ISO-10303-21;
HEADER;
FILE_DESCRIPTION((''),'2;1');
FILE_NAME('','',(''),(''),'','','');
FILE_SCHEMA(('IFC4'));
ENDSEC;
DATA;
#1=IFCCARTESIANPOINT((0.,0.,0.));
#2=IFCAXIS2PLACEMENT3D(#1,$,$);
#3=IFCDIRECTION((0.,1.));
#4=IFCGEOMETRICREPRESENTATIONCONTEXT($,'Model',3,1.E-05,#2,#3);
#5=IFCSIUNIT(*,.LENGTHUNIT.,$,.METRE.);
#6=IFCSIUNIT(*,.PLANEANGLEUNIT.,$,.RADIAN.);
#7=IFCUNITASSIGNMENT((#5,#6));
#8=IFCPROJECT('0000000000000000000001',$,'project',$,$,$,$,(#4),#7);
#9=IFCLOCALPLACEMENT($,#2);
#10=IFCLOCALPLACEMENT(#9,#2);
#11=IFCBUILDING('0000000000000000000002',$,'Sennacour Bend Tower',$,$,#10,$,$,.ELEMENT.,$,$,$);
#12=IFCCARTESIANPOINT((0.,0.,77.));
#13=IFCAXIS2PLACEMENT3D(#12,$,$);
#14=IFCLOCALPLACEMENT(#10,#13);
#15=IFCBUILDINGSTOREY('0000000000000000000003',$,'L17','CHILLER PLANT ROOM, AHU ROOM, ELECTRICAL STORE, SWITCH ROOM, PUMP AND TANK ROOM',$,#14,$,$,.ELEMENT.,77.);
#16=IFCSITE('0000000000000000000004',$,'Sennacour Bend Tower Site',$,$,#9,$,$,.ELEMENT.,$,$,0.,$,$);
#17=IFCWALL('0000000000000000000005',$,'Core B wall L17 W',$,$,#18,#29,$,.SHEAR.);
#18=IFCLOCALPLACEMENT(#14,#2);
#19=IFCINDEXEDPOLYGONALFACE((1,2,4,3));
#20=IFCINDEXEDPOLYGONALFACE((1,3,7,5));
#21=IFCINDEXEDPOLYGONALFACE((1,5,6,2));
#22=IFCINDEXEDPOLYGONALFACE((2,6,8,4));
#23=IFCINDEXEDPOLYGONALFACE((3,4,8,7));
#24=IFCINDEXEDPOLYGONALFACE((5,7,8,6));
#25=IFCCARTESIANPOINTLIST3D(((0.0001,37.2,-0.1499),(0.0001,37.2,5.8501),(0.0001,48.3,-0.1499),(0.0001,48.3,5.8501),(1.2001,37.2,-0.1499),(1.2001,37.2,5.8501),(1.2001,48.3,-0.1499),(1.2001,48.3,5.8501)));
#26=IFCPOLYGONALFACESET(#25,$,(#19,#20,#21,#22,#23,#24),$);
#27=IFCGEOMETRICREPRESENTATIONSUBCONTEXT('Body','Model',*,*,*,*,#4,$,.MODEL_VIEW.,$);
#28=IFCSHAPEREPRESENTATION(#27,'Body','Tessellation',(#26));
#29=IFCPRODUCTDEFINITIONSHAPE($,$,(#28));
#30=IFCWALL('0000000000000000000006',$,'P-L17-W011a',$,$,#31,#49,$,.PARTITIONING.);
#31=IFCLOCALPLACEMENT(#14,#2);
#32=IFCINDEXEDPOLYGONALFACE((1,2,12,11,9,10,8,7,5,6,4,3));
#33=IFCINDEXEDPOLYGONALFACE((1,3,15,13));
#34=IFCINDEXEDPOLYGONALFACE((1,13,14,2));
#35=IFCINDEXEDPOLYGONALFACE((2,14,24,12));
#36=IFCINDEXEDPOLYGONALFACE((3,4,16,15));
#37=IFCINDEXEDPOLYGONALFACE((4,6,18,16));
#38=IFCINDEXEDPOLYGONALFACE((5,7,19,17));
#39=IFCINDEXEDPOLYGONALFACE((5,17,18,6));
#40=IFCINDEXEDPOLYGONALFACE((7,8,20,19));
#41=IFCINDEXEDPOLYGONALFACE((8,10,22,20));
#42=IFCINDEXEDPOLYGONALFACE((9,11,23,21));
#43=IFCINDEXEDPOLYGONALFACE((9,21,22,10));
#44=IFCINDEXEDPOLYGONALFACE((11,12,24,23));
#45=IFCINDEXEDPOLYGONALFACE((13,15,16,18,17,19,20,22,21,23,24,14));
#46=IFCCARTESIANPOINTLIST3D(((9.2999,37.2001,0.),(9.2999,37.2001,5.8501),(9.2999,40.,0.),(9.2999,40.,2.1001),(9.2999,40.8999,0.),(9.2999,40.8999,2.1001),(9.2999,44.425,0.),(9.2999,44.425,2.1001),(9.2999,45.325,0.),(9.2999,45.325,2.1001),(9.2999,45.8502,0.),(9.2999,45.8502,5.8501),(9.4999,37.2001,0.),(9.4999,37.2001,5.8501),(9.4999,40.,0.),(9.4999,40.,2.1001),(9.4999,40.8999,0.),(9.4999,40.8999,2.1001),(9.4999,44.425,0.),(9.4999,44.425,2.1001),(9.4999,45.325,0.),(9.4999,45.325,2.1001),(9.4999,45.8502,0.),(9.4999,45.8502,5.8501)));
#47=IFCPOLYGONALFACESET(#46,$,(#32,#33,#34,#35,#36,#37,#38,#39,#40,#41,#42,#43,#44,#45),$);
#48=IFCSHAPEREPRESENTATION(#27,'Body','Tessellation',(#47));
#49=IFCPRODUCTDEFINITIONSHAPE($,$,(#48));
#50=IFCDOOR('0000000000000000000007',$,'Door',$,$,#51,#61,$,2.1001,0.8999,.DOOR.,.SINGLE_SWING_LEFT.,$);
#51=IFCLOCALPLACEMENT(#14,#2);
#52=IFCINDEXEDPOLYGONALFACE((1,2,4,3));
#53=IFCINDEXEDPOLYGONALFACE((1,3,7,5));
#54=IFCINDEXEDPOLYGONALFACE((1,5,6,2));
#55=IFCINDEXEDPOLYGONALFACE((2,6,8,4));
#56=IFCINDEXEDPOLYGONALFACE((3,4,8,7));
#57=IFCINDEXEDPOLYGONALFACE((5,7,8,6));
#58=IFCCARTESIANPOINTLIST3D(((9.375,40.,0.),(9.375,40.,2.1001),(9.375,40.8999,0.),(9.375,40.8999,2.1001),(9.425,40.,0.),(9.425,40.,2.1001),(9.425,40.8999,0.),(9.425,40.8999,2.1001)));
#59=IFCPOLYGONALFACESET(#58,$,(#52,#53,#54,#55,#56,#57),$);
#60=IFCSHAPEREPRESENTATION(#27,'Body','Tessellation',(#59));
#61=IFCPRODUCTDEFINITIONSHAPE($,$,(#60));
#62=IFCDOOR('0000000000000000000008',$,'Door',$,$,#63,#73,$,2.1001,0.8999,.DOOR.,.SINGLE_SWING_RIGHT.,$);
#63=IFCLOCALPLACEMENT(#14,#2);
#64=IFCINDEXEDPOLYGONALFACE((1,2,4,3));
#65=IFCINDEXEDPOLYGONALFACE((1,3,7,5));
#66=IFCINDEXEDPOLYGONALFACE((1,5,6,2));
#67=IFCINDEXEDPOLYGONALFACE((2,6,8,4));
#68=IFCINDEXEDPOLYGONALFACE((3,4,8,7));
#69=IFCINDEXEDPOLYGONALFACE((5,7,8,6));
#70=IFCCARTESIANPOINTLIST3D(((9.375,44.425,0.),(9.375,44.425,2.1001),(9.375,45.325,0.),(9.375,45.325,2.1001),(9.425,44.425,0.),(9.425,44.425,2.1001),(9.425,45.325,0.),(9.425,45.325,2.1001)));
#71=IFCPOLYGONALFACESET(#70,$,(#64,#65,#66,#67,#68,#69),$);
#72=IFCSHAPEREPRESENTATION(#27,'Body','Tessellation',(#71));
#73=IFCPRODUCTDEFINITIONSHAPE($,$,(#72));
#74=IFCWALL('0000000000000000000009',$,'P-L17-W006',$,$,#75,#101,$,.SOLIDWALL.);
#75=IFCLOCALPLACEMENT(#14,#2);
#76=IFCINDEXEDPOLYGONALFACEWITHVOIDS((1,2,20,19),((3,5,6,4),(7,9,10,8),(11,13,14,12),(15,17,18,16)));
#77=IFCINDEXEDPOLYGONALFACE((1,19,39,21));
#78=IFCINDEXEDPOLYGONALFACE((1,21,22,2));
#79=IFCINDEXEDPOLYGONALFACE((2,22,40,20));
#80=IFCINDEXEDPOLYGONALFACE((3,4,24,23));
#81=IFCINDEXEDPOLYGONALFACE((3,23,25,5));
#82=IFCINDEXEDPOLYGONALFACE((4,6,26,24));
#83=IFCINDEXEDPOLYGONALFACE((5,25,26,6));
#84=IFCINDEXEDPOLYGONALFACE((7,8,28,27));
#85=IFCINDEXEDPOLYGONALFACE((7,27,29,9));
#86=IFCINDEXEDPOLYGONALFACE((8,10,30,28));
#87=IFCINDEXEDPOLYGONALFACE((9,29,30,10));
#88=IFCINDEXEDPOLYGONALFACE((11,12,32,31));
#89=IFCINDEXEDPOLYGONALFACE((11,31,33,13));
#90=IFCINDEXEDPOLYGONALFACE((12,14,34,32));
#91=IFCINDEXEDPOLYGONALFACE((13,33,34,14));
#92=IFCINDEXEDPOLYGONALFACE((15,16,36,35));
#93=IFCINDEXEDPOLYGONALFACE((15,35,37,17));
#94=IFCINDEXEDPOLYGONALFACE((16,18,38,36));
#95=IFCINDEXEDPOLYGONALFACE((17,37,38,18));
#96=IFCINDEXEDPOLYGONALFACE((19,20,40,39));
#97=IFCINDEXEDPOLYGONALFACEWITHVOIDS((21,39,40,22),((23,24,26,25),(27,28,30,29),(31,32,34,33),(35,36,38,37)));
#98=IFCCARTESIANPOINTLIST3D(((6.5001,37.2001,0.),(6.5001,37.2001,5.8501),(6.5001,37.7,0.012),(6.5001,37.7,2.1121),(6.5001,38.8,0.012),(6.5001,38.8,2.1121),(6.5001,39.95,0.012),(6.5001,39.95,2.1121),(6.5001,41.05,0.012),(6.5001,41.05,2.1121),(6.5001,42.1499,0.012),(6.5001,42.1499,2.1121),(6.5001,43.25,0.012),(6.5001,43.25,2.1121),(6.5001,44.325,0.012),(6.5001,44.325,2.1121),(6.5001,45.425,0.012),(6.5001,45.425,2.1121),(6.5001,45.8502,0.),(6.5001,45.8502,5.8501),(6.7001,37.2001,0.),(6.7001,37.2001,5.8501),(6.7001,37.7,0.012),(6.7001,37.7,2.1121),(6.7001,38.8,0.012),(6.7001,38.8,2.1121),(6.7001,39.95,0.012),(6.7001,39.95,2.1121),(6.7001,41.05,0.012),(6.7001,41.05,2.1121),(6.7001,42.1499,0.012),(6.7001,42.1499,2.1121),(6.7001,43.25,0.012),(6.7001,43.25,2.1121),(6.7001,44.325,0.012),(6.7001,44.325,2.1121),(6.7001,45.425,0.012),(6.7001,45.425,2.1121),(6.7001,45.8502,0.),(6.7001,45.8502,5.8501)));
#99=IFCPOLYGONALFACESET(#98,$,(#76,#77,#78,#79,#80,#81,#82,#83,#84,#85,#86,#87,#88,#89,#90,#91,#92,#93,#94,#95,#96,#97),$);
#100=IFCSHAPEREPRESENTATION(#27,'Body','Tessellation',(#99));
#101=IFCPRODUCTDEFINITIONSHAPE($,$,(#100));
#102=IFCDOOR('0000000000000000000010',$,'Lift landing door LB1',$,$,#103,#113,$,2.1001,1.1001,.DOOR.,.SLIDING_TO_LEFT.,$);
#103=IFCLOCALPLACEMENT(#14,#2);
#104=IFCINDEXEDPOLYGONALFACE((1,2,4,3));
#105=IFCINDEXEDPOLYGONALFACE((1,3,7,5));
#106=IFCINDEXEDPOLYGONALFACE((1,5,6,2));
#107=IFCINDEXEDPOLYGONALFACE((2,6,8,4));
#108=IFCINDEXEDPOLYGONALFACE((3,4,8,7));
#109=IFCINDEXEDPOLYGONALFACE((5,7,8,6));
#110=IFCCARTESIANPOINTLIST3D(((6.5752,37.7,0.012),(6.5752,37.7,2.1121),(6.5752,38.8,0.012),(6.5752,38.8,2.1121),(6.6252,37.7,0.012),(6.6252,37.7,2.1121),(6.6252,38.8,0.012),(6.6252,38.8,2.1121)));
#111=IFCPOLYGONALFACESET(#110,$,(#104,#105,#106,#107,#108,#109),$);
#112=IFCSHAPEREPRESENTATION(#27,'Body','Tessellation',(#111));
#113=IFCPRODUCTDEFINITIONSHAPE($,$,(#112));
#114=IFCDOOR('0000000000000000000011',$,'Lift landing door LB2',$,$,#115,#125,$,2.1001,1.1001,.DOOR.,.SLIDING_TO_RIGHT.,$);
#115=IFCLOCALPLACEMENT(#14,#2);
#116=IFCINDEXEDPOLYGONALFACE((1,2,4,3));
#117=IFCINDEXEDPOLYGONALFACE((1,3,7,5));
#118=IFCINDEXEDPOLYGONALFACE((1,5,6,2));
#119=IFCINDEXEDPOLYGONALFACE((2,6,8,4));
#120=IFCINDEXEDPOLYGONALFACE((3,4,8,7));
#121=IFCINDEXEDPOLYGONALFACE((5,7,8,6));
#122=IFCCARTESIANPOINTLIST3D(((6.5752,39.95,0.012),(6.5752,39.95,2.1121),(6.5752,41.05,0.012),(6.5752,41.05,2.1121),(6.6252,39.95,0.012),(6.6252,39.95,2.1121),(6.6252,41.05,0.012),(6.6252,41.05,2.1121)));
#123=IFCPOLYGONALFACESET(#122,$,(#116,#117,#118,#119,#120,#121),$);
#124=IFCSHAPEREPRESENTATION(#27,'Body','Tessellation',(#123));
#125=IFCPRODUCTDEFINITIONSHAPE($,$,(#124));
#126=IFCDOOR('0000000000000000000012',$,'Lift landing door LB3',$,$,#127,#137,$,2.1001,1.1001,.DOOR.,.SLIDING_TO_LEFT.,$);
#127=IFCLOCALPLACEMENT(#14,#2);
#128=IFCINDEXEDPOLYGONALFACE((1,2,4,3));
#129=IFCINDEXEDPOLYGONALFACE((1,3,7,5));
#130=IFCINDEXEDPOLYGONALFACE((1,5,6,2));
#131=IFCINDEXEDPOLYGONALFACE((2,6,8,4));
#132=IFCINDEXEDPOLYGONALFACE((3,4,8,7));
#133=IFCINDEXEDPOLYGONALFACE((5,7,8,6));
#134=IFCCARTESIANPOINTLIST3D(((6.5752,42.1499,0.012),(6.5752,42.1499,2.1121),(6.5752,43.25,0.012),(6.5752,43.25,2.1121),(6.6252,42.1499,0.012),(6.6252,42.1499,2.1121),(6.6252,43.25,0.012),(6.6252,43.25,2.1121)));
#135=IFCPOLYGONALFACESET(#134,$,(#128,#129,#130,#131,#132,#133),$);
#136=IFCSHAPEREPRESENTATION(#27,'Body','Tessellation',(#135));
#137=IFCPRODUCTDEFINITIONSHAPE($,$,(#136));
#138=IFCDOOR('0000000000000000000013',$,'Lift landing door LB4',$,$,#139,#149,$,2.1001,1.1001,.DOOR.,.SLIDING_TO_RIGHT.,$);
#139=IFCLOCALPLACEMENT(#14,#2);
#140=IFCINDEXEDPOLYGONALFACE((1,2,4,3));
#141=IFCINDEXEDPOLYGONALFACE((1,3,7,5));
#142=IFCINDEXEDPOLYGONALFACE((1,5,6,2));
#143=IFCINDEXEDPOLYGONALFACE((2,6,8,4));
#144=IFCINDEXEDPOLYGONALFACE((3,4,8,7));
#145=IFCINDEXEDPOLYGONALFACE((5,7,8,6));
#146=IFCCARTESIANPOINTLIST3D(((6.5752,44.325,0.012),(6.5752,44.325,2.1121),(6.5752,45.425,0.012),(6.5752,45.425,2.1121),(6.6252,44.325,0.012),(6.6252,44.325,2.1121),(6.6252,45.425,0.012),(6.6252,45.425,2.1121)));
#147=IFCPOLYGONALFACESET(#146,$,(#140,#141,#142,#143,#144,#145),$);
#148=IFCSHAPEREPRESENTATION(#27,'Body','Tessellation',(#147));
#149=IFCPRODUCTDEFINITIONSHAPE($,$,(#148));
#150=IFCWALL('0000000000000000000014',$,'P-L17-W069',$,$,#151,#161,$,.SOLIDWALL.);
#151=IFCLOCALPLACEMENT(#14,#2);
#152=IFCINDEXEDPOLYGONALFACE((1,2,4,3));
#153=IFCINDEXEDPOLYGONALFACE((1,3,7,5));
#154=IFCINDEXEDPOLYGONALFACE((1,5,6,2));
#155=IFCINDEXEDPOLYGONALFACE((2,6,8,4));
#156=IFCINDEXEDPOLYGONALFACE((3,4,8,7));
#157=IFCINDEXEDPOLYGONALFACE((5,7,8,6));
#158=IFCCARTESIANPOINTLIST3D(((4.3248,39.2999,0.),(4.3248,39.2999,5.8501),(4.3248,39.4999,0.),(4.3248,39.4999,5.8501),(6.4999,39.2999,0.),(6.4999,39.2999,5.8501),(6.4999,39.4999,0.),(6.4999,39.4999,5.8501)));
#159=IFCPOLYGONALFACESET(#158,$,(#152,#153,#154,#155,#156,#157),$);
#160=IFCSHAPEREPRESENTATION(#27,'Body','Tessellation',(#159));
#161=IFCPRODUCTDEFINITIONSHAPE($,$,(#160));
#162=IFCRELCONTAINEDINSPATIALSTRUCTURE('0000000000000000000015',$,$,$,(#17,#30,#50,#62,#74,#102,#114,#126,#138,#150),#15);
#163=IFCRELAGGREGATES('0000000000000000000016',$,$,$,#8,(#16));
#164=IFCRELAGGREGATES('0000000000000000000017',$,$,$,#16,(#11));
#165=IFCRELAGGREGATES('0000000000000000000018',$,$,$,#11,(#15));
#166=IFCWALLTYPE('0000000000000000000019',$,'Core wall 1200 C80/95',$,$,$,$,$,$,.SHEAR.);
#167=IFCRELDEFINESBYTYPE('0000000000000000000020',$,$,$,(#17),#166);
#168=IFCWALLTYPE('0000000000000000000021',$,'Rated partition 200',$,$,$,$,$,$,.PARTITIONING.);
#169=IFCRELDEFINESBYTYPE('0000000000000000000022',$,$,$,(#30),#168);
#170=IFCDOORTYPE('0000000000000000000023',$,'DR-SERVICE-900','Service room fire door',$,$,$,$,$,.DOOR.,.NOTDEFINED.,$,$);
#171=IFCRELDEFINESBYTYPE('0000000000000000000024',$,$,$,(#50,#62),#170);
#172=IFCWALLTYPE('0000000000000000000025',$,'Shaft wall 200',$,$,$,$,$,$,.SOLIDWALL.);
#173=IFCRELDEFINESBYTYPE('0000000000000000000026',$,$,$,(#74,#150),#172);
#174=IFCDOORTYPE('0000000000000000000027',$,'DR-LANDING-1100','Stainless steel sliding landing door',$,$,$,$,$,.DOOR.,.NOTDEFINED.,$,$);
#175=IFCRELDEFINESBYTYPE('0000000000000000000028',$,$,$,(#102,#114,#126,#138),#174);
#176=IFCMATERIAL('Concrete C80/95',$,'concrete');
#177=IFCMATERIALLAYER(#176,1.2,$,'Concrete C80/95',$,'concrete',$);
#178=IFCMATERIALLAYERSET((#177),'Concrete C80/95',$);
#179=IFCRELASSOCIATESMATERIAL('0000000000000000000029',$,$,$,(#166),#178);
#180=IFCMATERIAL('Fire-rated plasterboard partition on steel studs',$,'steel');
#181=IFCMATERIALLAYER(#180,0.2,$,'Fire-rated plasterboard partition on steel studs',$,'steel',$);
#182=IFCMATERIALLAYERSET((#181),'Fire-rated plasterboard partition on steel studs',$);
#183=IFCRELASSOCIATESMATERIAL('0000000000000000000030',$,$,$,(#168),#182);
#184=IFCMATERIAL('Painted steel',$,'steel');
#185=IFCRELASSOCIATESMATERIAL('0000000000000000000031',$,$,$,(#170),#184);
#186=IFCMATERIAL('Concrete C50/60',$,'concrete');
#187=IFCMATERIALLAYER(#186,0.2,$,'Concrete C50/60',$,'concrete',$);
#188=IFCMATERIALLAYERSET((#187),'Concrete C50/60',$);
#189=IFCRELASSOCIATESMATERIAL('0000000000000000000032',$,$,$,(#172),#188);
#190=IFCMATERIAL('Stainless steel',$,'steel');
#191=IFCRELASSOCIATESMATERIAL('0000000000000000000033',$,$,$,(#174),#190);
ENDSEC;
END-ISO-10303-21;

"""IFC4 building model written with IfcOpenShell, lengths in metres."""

from ifc_helpers import new_model, si_unit, direction, frame, frame_2d, origin, place, context, subcontext, project, spatial, rectangle, extrude, material, layer, layer_set, type_object, element, fill, save


model = new_model("IFC4")

# Units and contexts
model_context = context("Model", 3, precision=1e-05, world=origin(), true_north=direction((0.0, 1.0)))
body_context = subcontext(model_context, "Body", "Model", "MODEL_VIEW")
ifc_project = project(units=[si_unit("LENGTHUNIT", "METRE"), si_unit("PLANEANGLEUNIT", "RADIAN")], contexts=[model_context])

# Site, building, storey
site_placement = place(None, origin())
site = spatial("IfcSite", under=ifc_project, at=site_placement, Name="Sennacour Bend Tower Site", CompositionType="ELEMENT", RefElevation=0.0)
building_placement = place(site_placement, origin())
building = spatial("IfcBuilding", under=site, at=building_placement, Name="Sennacour Bend Tower", CompositionType="ELEMENT")
storey_placement = place(building_placement, frame((0.0, 0.0, 77.0)))
storey = spatial("IfcBuildingStorey", under=building, at=storey_placement, Name="L17", Description="CHILLER PLANT ROOM, AHU ROOM, ELECTRICAL STORE, SWITCH ROOM, PUMP AND TANK ROOM", CompositionType="ELEMENT", Elevation=77.0)

# Wall
ifc_material_1 = material(Name="Concrete C80/95", Category="concrete")
ifc_layer_1 = layer(ifc_material_1, 1.2, Name="Concrete C80/95", Category="concrete")
ifc_layer_set_1 = layer_set([ifc_layer_1], Name="Concrete C80/95")
wall_type_1 = type_object("IfcWallType", Name="Core wall 1200 C80/95", PredefinedType="SHEAR", material=ifc_layer_set_1)
wall_1_placement = place(storey_placement, frame((0.6001, 37.2, -0.1499), z_axis=(0.0, 0.0, 1.0), x_axis=(0.0, 1.0, 0.0)))
element("IfcWall", 1, at=wall_1_placement, inside=storey, type_object=wall_type_1, Name="Core B wall L17 W", PredefinedType="SHEAR", context=body_context, shape_type="SweptSolid", body=[
    extrude(rectangle(XDim=11.1001, YDim=1.2, at=frame_2d((5.55, 0.0))), origin(), (0.0, 0.0, 1.0), 6.0),
])

# Walls, openings, doors
ifc_material_2 = material(Name="Fire-rated plasterboard partition on steel studs", Category="steel")
ifc_layer_2 = layer(ifc_material_2, 0.2, Name="Fire-rated plasterboard partition on steel studs", Category="steel")
ifc_layer_set_2 = layer_set([ifc_layer_2], Name="Fire-rated plasterboard partition on steel studs")
wall_type_2 = type_object("IfcWallType", Name="Rated partition 200", PredefinedType="PARTITIONING", material=ifc_layer_set_2)
wall_2_placement = place(storey_placement, frame((9.3999, 37.2, 0.0), z_axis=(0.0, 0.0, 1.0), x_axis=(0.0, 1.0, 0.0)))
wall_2 = element("IfcWall", 2, at=wall_2_placement, inside=storey, type_object=wall_type_2, Name="P-L17-W011a", PredefinedType="PARTITIONING", context=body_context, shape_type="SweptSolid", body=[
    extrude(rectangle(XDim=8.6501, YDim=0.2, at=frame_2d((4.3252, 0.0))), origin(), (0.0, 0.0, 1.0), 5.8501),
])
opening_1_placement = place(wall_2_placement, frame((2.8, 0.0, 0.0)))
opening_1 = element("IfcOpeningElement", 3, at=opening_1_placement, cuts=wall_2, PredefinedType="OPENING", context=body_context, shape_type="SweptSolid", body=[
    extrude(rectangle(XDim=0.8999, YDim=2.1001, at=frame_2d((0.45, 1.05))), frame((0.0, 0.1099, 0.0), z_axis=(0.0, -1.0, 0.0), x_axis=(1.0, 0.0, 0.0)), (0.0, 0.0, 1.0), 0.22),
])
opening_2_placement = place(wall_2_placement, frame((7.2251, 0.0, 0.0)))
opening_2 = element("IfcOpeningElement", 4, at=opening_2_placement, cuts=wall_2, PredefinedType="OPENING", context=body_context, shape_type="SweptSolid", body=[
    extrude(rectangle(XDim=0.8999, YDim=2.1001, at=frame_2d((0.45, 1.05))), frame((0.0, 0.1099, 0.0), z_axis=(0.0, -1.0, 0.0), x_axis=(1.0, 0.0, 0.0)), (0.0, 0.0, 1.0), 0.22),
])
ifc_material_3 = material(Name="Painted steel", Category="steel")
door_type_1 = type_object("IfcDoorType", Name="DR-SERVICE-900", Description="Service room fire door", OperationType="NOTDEFINED", PredefinedType="DOOR", material=ifc_material_3)
door_1_placement = place(opening_1_placement, origin())
door_1 = element("IfcDoor", 5, at=door_1_placement, inside=storey, type_object=door_type_1, Name="Door", OperationType="SINGLE_SWING_LEFT", OverallHeight=2.1001, OverallWidth=0.8999, PredefinedType="DOOR", context=body_context, shape_type="SweptSolid", body=[
    extrude(rectangle(XDim=0.8999, YDim=2.1001, at=frame_2d((0.45, 1.05))), frame((0.0, 0.0249, 0.0), z_axis=(0.0, -1.0, 0.0), x_axis=(1.0, 0.0, 0.0)), (0.0, 0.0, 1.0), 0.05),
])
fill(opening_1, door_1)
door_2_placement = place(opening_2_placement, origin())
door_2 = element("IfcDoor", 6, at=door_2_placement, inside=storey, type_object=door_type_1, Name="Door", OperationType="SINGLE_SWING_RIGHT", OverallHeight=2.1001, OverallWidth=0.8999, PredefinedType="DOOR", context=body_context, shape_type="SweptSolid", body=[
    extrude(rectangle(XDim=0.8999, YDim=2.1001, at=frame_2d((0.45, 1.05))), frame((0.0, 0.0249, 0.0), z_axis=(0.0, -1.0, 0.0), x_axis=(1.0, 0.0, 0.0)), (0.0, 0.0, 1.0), 0.05),
])
fill(opening_2, door_2)
ifc_material_4 = material(Name="Concrete C50/60", Category="concrete")
ifc_layer_3 = layer(ifc_material_4, 0.2, Name="Concrete C50/60", Category="concrete")
ifc_layer_set_3 = layer_set([ifc_layer_3], Name="Concrete C50/60")
wall_type_3 = type_object("IfcWallType", Name="Shaft wall 200", PredefinedType="SOLIDWALL", material=ifc_layer_set_3)
wall_3_placement = place(storey_placement, frame((6.6001, 37.2, 0.0), z_axis=(0.0, 0.0, 1.0), x_axis=(0.0, 1.0, 0.0)))
wall_3 = element("IfcWall", 7, at=wall_3_placement, inside=storey, type_object=wall_type_3, Name="P-L17-W006", PredefinedType="SOLIDWALL", context=body_context, shape_type="SweptSolid", body=[
    extrude(rectangle(XDim=8.6501, YDim=0.2, at=frame_2d((4.3252, 0.0))), origin(), (0.0, 0.0, 1.0), 5.8501),
])
opening_3_placement = place(wall_3_placement, frame((0.5, 0.0, 0.012)))
opening_3 = element("IfcOpeningElement", 8, at=opening_3_placement, cuts=wall_3, PredefinedType="OPENING", context=body_context, shape_type="SweptSolid", body=[
    extrude(rectangle(XDim=1.1001, YDim=2.1001, at=frame_2d((0.55, 1.05))), frame((0.0, 0.1099, 0.0), z_axis=(0.0, -1.0, 0.0), x_axis=(1.0, 0.0, 0.0)), (0.0, 0.0, 1.0), 0.22),
])
opening_4_placement = place(wall_3_placement, frame((2.75, 0.0, 0.012)))
opening_4 = element("IfcOpeningElement", 9, at=opening_4_placement, cuts=wall_3, PredefinedType="OPENING", context=body_context, shape_type="SweptSolid", body=[
    extrude(rectangle(XDim=1.1001, YDim=2.1001, at=frame_2d((0.55, 1.05))), frame((0.0, 0.1099, 0.0), z_axis=(0.0, -1.0, 0.0), x_axis=(1.0, 0.0, 0.0)), (0.0, 0.0, 1.0), 0.22),
])
opening_5_placement = place(wall_3_placement, frame((4.95, 0.0, 0.012)))
opening_5 = element("IfcOpeningElement", 10, at=opening_5_placement, cuts=wall_3, PredefinedType="OPENING", context=body_context, shape_type="SweptSolid", body=[
    extrude(rectangle(XDim=1.1001, YDim=2.1001, at=frame_2d((0.55, 1.05))), frame((0.0, 0.1099, 0.0), z_axis=(0.0, -1.0, 0.0), x_axis=(1.0, 0.0, 0.0)), (0.0, 0.0, 1.0), 0.22),
])
opening_6_placement = place(wall_3_placement, frame((7.125, 0.0, 0.012)))
opening_6 = element("IfcOpeningElement", 11, at=opening_6_placement, cuts=wall_3, PredefinedType="OPENING", context=body_context, shape_type="SweptSolid", body=[
    extrude(rectangle(XDim=1.1001, YDim=2.1001, at=frame_2d((0.55, 1.05))), frame((0.0, 0.1099, 0.0), z_axis=(0.0, -1.0, 0.0), x_axis=(1.0, 0.0, 0.0)), (0.0, 0.0, 1.0), 0.22),
])
ifc_material_5 = material(Name="Stainless steel", Category="steel")
door_type_2 = type_object("IfcDoorType", Name="DR-LANDING-1100", Description="Stainless steel sliding landing door", OperationType="NOTDEFINED", PredefinedType="DOOR", material=ifc_material_5)
door_3_placement = place(opening_3_placement, origin())
door_3 = element("IfcDoor", 12, at=door_3_placement, inside=storey, type_object=door_type_2, Name="Lift landing door LB1", OperationType="SLIDING_TO_LEFT", OverallHeight=2.1001, OverallWidth=1.1001, PredefinedType="DOOR", context=body_context, shape_type="SweptSolid", body=[
    extrude(rectangle(XDim=1.1001, YDim=2.1001, at=frame_2d((0.55, 1.05))), frame((0.0, 0.0249, 0.0), z_axis=(0.0, -1.0, 0.0), x_axis=(1.0, 0.0, 0.0)), (0.0, 0.0, 1.0), 0.05),
])
fill(opening_3, door_3)
door_4_placement = place(opening_4_placement, origin())
door_4 = element("IfcDoor", 13, at=door_4_placement, inside=storey, type_object=door_type_2, Name="Lift landing door LB2", OperationType="SLIDING_TO_RIGHT", OverallHeight=2.1001, OverallWidth=1.1001, PredefinedType="DOOR", context=body_context, shape_type="SweptSolid", body=[
    extrude(rectangle(XDim=1.1001, YDim=2.1001, at=frame_2d((0.55, 1.05))), frame((0.0, 0.0249, 0.0), z_axis=(0.0, -1.0, 0.0), x_axis=(1.0, 0.0, 0.0)), (0.0, 0.0, 1.0), 0.05),
])
fill(opening_4, door_4)
door_5_placement = place(opening_5_placement, origin())
door_5 = element("IfcDoor", 14, at=door_5_placement, inside=storey, type_object=door_type_2, Name="Lift landing door LB3", OperationType="SLIDING_TO_LEFT", OverallHeight=2.1001, OverallWidth=1.1001, PredefinedType="DOOR", context=body_context, shape_type="SweptSolid", body=[
    extrude(rectangle(XDim=1.1001, YDim=2.1001, at=frame_2d((0.55, 1.05))), frame((0.0, 0.0249, 0.0), z_axis=(0.0, -1.0, 0.0), x_axis=(1.0, 0.0, 0.0)), (0.0, 0.0, 1.0), 0.05),
])
fill(opening_5, door_5)
door_6_placement = place(opening_6_placement, origin())
door_6 = element("IfcDoor", 15, at=door_6_placement, inside=storey, type_object=door_type_2, Name="Lift landing door LB4", OperationType="SLIDING_TO_RIGHT", OverallHeight=2.1001, OverallWidth=1.1001, PredefinedType="DOOR", context=body_context, shape_type="SweptSolid", body=[
    extrude(rectangle(XDim=1.1001, YDim=2.1001, at=frame_2d((0.55, 1.05))), frame((0.0, 0.0249, 0.0), z_axis=(0.0, -1.0, 0.0), x_axis=(1.0, 0.0, 0.0)), (0.0, 0.0, 1.0), 0.05),
])
fill(opening_6, door_6)

# Wall
wall_4_placement = place(storey_placement, frame((4.325, 39.3999, 0.0), z_axis=(0.0, 0.0, 1.0), x_axis=(1.0, 0.0, 0.0)))
element("IfcWall", 16, at=wall_4_placement, inside=storey, type_object=wall_type_3, Name="P-L17-W069", PredefinedType="SOLIDWALL", context=body_context, shape_type="SweptSolid", body=[
    extrude(rectangle(XDim=2.175, YDim=0.2, at=frame_2d((1.0874, 0.0))), origin(), (0.0, 0.0, 1.0), 5.8501),
])

save(model, "model.ifc")
